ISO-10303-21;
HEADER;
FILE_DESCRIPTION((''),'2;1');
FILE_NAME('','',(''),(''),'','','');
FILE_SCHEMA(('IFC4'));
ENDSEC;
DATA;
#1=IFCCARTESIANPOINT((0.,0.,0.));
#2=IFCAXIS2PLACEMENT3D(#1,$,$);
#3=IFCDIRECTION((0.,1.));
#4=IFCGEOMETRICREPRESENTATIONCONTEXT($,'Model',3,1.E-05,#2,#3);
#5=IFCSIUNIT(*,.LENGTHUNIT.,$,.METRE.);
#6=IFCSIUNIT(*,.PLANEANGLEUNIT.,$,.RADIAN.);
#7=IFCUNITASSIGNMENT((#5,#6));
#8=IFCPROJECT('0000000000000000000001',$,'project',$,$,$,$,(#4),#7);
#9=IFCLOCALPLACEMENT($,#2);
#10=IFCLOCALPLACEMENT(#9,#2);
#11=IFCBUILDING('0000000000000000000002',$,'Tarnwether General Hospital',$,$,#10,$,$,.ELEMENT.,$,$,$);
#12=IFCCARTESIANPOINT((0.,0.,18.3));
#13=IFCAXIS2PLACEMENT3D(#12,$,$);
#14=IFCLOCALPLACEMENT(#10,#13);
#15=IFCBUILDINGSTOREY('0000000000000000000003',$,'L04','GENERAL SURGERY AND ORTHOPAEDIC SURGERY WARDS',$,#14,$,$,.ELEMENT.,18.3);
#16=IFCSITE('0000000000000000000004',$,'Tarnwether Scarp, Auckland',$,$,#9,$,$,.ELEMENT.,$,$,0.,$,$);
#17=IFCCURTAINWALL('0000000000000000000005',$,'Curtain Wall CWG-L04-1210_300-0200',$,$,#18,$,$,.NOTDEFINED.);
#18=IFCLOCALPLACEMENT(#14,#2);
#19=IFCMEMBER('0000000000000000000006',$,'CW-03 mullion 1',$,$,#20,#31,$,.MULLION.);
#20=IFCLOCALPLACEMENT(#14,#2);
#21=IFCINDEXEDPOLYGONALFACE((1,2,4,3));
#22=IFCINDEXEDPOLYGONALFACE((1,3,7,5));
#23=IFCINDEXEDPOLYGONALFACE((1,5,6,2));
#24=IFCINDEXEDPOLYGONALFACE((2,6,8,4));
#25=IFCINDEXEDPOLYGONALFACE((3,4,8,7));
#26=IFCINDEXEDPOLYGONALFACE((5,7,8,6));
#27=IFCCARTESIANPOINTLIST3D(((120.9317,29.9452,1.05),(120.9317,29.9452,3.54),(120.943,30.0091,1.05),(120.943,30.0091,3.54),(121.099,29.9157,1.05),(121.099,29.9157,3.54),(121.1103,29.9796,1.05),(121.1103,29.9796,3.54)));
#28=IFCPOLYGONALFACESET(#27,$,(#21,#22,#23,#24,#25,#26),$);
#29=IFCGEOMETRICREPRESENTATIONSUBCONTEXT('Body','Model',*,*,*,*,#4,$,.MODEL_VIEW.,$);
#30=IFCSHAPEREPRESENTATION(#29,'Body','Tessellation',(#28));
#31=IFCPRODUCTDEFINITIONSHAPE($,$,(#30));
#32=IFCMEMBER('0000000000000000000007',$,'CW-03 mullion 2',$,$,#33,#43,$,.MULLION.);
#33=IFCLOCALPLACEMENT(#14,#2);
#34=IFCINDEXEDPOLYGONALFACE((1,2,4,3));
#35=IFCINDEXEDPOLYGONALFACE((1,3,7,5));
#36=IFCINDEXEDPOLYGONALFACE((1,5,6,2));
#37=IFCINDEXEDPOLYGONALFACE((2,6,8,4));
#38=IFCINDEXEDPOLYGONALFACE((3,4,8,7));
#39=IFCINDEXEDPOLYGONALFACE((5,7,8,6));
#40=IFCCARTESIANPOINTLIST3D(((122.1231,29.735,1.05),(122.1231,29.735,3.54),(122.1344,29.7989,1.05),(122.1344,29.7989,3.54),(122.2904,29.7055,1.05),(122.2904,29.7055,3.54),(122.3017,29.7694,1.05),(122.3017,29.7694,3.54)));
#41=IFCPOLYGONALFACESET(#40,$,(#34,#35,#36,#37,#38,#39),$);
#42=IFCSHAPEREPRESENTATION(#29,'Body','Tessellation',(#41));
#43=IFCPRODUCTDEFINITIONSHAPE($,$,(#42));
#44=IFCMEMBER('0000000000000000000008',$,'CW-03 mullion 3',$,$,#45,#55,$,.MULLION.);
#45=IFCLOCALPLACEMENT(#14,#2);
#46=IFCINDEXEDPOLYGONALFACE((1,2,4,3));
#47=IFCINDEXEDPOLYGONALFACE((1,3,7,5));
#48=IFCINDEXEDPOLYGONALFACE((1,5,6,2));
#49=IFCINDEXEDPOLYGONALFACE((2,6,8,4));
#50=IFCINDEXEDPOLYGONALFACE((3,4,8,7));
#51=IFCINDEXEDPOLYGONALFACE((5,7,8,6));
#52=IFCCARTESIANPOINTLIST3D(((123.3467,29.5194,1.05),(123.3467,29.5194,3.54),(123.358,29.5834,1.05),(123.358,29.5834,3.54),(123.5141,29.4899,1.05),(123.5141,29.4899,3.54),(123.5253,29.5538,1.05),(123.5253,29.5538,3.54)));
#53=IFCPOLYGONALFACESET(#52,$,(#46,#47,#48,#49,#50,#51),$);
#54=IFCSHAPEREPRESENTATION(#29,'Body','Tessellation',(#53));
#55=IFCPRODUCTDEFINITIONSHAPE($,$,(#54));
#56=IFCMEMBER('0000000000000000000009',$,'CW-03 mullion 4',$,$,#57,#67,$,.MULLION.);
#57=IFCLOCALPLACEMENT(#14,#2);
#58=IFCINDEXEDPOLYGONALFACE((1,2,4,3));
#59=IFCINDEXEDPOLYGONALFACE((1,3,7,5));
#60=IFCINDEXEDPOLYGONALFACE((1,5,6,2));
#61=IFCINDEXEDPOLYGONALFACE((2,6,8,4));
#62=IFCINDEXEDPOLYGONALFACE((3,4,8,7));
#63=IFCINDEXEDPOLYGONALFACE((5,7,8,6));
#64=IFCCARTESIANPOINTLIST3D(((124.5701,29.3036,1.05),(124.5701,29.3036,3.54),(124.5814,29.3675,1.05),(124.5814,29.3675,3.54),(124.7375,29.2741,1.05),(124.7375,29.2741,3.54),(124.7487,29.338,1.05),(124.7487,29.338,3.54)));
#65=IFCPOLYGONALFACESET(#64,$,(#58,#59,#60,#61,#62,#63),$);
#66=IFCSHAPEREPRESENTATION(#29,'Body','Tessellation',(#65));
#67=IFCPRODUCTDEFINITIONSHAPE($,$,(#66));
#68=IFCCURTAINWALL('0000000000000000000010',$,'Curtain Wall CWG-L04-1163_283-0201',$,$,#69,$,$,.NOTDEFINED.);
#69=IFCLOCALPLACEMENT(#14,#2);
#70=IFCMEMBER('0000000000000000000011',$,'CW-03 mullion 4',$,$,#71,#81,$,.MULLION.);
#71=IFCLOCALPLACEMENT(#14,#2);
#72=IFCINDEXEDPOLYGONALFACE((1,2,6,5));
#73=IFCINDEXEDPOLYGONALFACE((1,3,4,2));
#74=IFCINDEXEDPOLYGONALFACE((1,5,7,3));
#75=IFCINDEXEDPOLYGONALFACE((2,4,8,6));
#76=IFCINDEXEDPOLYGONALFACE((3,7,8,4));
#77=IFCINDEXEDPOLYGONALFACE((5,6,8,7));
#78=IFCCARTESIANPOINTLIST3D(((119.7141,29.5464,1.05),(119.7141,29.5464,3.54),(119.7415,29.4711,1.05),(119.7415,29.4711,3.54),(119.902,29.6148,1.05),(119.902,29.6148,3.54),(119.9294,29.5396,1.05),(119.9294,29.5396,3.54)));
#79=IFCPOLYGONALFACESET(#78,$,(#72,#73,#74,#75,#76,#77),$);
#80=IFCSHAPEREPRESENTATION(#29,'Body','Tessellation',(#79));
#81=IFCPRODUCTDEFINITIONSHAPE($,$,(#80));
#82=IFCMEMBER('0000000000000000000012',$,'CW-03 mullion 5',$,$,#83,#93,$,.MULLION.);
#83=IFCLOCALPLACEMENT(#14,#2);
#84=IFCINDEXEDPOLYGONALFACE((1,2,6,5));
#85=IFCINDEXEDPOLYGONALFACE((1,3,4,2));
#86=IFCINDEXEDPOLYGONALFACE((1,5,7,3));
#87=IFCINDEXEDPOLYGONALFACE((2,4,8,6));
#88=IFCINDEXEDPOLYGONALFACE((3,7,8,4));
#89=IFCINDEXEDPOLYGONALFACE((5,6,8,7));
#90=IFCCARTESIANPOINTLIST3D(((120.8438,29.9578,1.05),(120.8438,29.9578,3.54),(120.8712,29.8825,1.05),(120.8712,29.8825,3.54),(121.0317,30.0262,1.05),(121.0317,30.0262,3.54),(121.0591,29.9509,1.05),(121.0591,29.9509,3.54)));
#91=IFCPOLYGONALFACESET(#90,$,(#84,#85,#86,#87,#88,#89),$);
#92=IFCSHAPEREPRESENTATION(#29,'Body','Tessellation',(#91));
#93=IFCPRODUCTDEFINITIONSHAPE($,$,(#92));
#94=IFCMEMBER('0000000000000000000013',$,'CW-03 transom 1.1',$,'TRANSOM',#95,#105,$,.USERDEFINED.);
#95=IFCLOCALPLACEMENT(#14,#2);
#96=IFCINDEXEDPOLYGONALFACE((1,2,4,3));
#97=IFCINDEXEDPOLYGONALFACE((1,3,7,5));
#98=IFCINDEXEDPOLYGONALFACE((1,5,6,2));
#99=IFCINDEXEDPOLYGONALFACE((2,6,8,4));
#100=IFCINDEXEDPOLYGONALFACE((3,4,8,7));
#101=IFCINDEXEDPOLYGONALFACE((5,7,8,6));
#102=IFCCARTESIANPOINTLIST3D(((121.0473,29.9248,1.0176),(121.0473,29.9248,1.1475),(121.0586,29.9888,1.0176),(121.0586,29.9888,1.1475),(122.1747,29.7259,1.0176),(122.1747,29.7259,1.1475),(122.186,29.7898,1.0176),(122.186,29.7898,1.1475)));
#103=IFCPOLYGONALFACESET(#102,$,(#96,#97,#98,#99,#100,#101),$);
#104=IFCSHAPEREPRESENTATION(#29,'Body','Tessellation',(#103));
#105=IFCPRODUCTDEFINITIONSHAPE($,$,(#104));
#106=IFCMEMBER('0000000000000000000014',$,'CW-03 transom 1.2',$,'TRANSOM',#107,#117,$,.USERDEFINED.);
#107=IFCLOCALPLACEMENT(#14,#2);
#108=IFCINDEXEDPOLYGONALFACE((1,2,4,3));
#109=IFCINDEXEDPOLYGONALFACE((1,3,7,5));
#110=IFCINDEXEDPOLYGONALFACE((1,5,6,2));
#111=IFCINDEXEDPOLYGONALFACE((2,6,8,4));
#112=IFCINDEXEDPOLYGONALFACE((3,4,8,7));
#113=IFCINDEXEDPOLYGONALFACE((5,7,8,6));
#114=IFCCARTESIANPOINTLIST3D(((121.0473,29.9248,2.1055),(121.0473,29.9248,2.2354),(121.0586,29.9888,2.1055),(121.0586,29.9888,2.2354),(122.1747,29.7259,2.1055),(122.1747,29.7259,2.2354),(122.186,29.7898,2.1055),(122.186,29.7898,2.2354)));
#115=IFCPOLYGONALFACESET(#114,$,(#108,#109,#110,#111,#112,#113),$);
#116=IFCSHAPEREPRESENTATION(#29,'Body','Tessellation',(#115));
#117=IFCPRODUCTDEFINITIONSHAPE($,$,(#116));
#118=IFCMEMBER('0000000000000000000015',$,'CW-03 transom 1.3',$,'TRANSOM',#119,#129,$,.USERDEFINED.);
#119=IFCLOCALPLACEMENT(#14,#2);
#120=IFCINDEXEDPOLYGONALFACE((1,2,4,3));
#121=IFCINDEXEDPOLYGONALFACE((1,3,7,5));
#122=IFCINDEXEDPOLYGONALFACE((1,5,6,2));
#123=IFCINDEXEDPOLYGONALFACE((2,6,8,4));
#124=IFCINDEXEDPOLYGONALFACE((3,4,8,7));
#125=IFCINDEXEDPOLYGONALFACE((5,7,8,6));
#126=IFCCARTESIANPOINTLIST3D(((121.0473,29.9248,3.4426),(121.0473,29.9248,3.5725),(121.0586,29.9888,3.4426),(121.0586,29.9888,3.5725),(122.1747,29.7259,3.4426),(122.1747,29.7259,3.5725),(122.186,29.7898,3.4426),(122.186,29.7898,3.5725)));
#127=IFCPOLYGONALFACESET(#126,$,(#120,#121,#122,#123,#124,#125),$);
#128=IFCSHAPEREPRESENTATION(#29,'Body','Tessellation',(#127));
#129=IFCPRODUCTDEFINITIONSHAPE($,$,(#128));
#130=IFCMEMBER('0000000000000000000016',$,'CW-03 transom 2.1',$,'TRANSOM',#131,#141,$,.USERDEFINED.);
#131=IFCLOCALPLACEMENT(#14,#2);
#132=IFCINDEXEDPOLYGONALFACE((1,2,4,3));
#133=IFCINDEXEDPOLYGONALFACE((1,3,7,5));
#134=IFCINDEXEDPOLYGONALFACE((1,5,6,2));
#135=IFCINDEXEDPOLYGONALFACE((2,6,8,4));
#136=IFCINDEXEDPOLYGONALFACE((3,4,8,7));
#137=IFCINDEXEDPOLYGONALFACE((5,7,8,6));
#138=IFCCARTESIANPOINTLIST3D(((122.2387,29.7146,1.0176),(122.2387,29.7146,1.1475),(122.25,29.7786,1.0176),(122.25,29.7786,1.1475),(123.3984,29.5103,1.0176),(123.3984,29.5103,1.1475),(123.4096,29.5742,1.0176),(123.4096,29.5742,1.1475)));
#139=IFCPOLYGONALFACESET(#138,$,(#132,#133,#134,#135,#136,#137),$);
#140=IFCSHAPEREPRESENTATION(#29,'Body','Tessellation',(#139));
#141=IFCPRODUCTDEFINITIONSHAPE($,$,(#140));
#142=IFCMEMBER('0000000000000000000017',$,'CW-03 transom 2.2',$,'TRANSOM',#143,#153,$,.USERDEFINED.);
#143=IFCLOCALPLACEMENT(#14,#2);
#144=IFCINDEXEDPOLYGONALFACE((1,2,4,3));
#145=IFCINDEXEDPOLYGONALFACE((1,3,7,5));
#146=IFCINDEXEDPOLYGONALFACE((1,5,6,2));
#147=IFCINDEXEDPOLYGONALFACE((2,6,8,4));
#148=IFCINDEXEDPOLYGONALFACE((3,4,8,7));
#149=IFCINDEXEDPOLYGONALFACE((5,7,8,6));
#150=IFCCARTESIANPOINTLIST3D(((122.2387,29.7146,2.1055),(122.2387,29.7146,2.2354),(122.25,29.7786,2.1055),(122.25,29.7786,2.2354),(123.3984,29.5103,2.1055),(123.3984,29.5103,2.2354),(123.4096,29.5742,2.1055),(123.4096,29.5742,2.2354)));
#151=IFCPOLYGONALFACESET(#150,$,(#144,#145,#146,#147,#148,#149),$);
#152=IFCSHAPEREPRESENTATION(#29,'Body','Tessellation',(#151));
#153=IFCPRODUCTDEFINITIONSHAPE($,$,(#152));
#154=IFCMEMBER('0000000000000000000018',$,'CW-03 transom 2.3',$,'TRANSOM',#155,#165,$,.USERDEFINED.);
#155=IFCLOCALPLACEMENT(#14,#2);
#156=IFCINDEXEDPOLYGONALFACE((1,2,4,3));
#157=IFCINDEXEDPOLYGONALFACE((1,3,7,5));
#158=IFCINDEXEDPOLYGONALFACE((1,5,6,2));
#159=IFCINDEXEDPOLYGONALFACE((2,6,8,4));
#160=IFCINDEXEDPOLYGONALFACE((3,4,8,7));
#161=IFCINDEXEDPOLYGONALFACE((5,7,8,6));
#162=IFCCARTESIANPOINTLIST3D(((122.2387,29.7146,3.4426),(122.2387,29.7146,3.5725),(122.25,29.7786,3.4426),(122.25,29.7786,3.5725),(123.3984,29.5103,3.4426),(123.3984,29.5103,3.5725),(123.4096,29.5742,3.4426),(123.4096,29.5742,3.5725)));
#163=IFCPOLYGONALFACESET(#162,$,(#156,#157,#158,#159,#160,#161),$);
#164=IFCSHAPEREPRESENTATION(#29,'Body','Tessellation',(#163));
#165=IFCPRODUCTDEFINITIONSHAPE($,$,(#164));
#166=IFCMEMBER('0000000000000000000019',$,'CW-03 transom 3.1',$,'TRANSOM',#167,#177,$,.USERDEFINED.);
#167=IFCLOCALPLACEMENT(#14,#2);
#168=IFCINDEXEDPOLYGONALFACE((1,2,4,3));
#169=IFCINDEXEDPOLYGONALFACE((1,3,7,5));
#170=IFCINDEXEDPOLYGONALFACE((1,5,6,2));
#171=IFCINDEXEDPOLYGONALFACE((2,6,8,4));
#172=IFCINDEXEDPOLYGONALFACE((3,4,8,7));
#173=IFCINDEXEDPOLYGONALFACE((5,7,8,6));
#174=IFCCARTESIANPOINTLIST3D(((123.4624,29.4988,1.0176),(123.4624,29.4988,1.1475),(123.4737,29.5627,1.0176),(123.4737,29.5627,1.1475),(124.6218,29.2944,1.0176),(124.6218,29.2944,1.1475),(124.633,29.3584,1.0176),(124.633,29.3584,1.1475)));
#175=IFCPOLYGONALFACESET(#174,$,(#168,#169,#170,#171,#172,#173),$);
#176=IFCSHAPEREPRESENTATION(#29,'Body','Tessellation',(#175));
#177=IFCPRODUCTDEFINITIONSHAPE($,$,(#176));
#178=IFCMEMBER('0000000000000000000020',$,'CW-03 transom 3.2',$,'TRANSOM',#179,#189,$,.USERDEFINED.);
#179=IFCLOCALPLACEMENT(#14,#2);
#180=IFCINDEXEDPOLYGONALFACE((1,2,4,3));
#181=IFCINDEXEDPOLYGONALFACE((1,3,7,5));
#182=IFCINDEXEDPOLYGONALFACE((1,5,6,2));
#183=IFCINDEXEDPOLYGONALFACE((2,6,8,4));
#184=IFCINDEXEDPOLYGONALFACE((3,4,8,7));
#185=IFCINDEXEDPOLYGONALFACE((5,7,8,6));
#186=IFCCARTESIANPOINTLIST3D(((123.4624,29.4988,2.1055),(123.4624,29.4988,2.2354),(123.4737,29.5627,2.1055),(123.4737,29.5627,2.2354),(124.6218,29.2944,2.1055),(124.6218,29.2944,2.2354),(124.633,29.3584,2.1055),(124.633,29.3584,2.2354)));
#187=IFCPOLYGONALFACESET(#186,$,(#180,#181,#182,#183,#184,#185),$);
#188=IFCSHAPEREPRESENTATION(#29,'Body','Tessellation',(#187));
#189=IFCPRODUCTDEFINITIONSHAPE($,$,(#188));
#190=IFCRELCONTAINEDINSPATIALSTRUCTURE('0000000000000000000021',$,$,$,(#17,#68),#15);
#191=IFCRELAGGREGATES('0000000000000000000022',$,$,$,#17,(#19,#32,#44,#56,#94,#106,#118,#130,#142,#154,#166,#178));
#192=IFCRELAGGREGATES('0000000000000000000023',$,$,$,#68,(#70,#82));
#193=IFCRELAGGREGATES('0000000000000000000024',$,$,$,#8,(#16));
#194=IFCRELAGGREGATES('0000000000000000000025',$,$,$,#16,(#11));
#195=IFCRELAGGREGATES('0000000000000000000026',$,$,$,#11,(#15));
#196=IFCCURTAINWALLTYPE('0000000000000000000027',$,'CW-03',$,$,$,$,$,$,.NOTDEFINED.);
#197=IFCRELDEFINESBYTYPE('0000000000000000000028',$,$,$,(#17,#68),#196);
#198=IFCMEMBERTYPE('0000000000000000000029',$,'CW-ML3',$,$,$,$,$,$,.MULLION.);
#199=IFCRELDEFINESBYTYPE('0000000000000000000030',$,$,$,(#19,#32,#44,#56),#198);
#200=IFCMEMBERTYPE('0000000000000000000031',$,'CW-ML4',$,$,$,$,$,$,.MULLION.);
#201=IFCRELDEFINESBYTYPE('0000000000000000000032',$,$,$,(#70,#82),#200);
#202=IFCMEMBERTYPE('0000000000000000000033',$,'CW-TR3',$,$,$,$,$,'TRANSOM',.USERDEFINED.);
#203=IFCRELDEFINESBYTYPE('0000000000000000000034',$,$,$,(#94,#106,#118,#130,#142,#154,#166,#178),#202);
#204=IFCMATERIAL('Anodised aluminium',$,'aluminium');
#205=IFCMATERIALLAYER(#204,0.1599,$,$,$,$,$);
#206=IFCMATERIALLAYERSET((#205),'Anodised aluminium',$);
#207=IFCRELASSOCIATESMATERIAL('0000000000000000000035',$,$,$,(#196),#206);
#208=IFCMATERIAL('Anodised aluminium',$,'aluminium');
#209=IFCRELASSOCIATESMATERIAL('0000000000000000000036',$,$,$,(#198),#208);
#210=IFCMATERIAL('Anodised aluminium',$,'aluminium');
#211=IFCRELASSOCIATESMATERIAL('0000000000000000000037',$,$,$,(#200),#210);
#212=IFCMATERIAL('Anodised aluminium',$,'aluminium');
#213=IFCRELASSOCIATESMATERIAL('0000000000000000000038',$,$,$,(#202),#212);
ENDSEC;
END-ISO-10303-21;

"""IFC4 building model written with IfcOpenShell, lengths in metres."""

from ifc_helpers import new_model, si_unit, direction, frame, origin, origin_2d, place, context, subcontext, project, spatial, rectangle, extrude, material, layer, layer_set, material_profile, profile_set, type_object, element, aggregate, save


model = new_model("IFC4")

# Units and contexts
model_context = context("Model", 3, precision=1e-05, world=origin(), true_north=direction((0.0, 1.0)))
body_context = subcontext(model_context, "Body", "Model", "MODEL_VIEW")
ifc_project = project(units=[si_unit("LENGTHUNIT", "METRE"), si_unit("PLANEANGLEUNIT", "RADIAN")], contexts=[model_context])

# Site, building, storey
site_placement = place(None, origin())
site = spatial("IfcSite", under=ifc_project, at=site_placement, Name="Tarnwether Scarp, Auckland", CompositionType="ELEMENT", RefElevation=0.0)
building_placement = place(site_placement, origin())
building = spatial("IfcBuilding", under=site, at=building_placement, Name="Tarnwether General Hospital", CompositionType="ELEMENT")
storey_placement = place(building_placement, frame((0.0, 0.0, 18.3)))
storey = spatial("IfcBuildingStorey", under=building, at=storey_placement, Name="L04", Description="GENERAL SURGERY AND ORTHOPAEDIC SURGERY WARDS", CompositionType="ELEMENT", Elevation=18.3)

# Curtain walls, members
ifc_material_1 = material(Name="Anodised aluminium", Category="aluminium")
ifc_layer_1 = layer(ifc_material_1, 0.1599)
ifc_layer_set_1 = layer_set([ifc_layer_1], Name="Anodised aluminium")
curtain_wall_type = type_object("IfcCurtainWallType", Name="CW-03", PredefinedType="NOTDEFINED", material=ifc_layer_set_1)
curtain_wall_1_placement = place(storey_placement, origin())
curtain_wall_1 = element("IfcCurtainWall", 1, at=curtain_wall_1_placement, inside=storey, type_object=curtain_wall_type, Name="Curtain Wall CWG-L04-1210_300-0200", PredefinedType="NOTDEFINED")
ifc_material_2 = material(Name="Anodised aluminium", Category="aluminium")
ifc_material_profile_1 = material_profile(ifc_material_2, rectangle(XDim=0.0649, YDim=0.1699, at=origin_2d()), Name="ALU-MUL-65x170")
ifc_profile_set_1 = profile_set([ifc_material_profile_1], Name="Anodised aluminium")
member_type_1 = type_object("IfcMemberType", Name="CW-ML3", PredefinedType="MULLION", material=ifc_profile_set_1)
member_1_placement = place(storey_placement, frame((121.021, 29.9624, 1.05), z_axis=(0.0, 0.0, 1.0), x_axis=(0.173659, 0.984806, 0.0)))
member_1 = element("IfcMember", 2, at=member_1_placement, type_object=member_type_1, Name="CW-03 mullion 1", PredefinedType="MULLION", context=body_context, shape_type="SweptSolid", body=[
    extrude(rectangle(XDim=0.0649, YDim=0.1699, at=origin_2d()), origin(), (0.0, 0.0, 1.0), 2.49),
])
member_2_placement = place(storey_placement, frame((122.2124, 29.7522, 1.05), z_axis=(0.0, 0.0, 1.0), x_axis=(0.173659, 0.984806, 0.0)))
member_2 = element("IfcMember", 3, at=member_2_placement, type_object=member_type_1, Name="CW-03 mullion 2", PredefinedType="MULLION", context=body_context, shape_type="SweptSolid", body=[
    extrude(rectangle(XDim=0.0649, YDim=0.1699, at=origin_2d()), origin(), (0.0, 0.0, 1.0), 2.49),
])
member_3_placement = place(storey_placement, frame((123.436, 29.5366, 1.05), z_axis=(0.0, 0.0, 1.0), x_axis=(0.173659, 0.984806, 0.0)))
member_3 = element("IfcMember", 4, at=member_3_placement, type_object=member_type_1, Name="CW-03 mullion 3", PredefinedType="MULLION", context=body_context, shape_type="SweptSolid", body=[
    extrude(rectangle(XDim=0.0649, YDim=0.1699, at=origin_2d()), origin(), (0.0, 0.0, 1.0), 2.49),
])
member_4_placement = place(storey_placement, frame((124.6594, 29.3208, 1.05), z_axis=(0.0, 0.0, 1.0), x_axis=(0.173659, 0.984806, 0.0)))
member_4 = element("IfcMember", 5, at=member_4_placement, type_object=member_type_1, Name="CW-03 mullion 4", PredefinedType="MULLION", context=body_context, shape_type="SweptSolid", body=[
    extrude(rectangle(XDim=0.0649, YDim=0.1699, at=origin_2d()), origin(), (0.0, 0.0, 1.0), 2.49),
])
curtain_wall_2_placement = place(storey_placement, origin())
curtain_wall_2 = element("IfcCurtainWall", 6, at=curtain_wall_2_placement, inside=storey, type_object=curtain_wall_type, Name="Curtain Wall CWG-L04-1163_283-0201", PredefinedType="NOTDEFINED")
ifc_material_3 = material(Name="Anodised aluminium", Category="aluminium")
ifc_material_profile_2 = material_profile(ifc_material_3, rectangle(XDim=0.0801, YDim=0.2, at=origin_2d()), Name="ALU-MUL-80x200")
ifc_profile_set_2 = profile_set([ifc_material_profile_2], Name="Anodised aluminium")
member_type_2 = type_object("IfcMemberType", Name="CW-ML4", PredefinedType="MULLION", material=ifc_profile_set_2)
member_5_placement = place(storey_placement, frame((119.8218, 29.543, 1.05), z_axis=(0.0, 0.0, 1.0), x_axis=(-0.342131, 0.939652, 0.0)))
member_5 = element("IfcMember", 7, at=member_5_placement, type_object=member_type_2, Name="CW-03 mullion 4", PredefinedType="MULLION", context=body_context, shape_type="SweptSolid", body=[
    extrude(rectangle(XDim=0.0801, YDim=0.2, at=origin_2d()), origin(), (0.0, 0.0, 1.0), 2.49),
])
member_6_placement = place(storey_placement, frame((120.9514, 29.9543, 1.05), z_axis=(0.0, 0.0, 1.0), x_axis=(-0.342131, 0.939652, 0.0)))
member_6 = element("IfcMember", 8, at=member_6_placement, type_object=member_type_2, Name="CW-03 mullion 5", PredefinedType="MULLION", context=body_context, shape_type="SweptSolid", body=[
    extrude(rectangle(XDim=0.0801, YDim=0.2, at=origin_2d()), origin(), (0.0, 0.0, 1.0), 2.49),
])

# Members
ifc_material_4 = material(Name="Anodised aluminium", Category="aluminium")
ifc_material_profile_3 = material_profile(ifc_material_4, rectangle(XDim=0.0649, YDim=0.1299, at=origin_2d()), Name="ALU-TRN-65x130")
ifc_profile_set_3 = profile_set([ifc_material_profile_3], Name="Anodised aluminium")
member_type_3 = type_object("IfcMemberType", Name="CW-TR3", ElementType="TRANSOM", PredefinedType="USERDEFINED", material=ifc_profile_set_3)
member_7_placement = place(storey_placement, frame((121.053, 29.9568, 1.0825), z_axis=(0.984781, -0.173797, 0.0), x_axis=(0.173797, 0.984781, 0.0)))
member_7 = element("IfcMember", 9, at=member_7_placement, type_object=member_type_3, Name="CW-03 transom 1.1", ObjectType="TRANSOM", PredefinedType="USERDEFINED", context=body_context, shape_type="SweptSolid", body=[
    extrude(rectangle(XDim=0.0649, YDim=0.1299, at=origin_2d()), origin(), (0.0, 0.0, 1.0), 1.1448),
])
member_8_placement = place(storey_placement, frame((121.053, 29.9568, 2.1704), z_axis=(0.984781, -0.173797, 0.0), x_axis=(0.173797, 0.984781, 0.0)))
member_8 = element("IfcMember", 10, at=member_8_placement, type_object=member_type_3, Name="CW-03 transom 1.2", ObjectType="TRANSOM", PredefinedType="USERDEFINED", context=body_context, shape_type="SweptSolid", body=[
    extrude(rectangle(XDim=0.0649, YDim=0.1299, at=origin_2d()), origin(), (0.0, 0.0, 1.0), 1.1448),
])
member_9_placement = place(storey_placement, frame((121.053, 29.9568, 3.5076), z_axis=(0.984781, -0.173797, 0.0), x_axis=(0.173797, 0.984781, 0.0)))
member_9 = element("IfcMember", 11, at=member_9_placement, type_object=member_type_3, Name="CW-03 transom 1.3", ObjectType="TRANSOM", PredefinedType="USERDEFINED", context=body_context, shape_type="SweptSolid", body=[
    extrude(rectangle(XDim=0.0649, YDim=0.1299, at=origin_2d()), origin(), (0.0, 0.0, 1.0), 1.1448),
])
member_10_placement = place(storey_placement, frame((122.2444, 29.7466, 1.0825), z_axis=(0.984827, -0.173537, 0.0), x_axis=(0.173537, 0.984827, 0.0)))
member_10 = element("IfcMember", 12, at=member_10_placement, type_object=member_type_3, Name="CW-03 transom 2.1", ObjectType="TRANSOM", PredefinedType="USERDEFINED", context=body_context, shape_type="SweptSolid", body=[
    extrude(rectangle(XDim=0.0649, YDim=0.1299, at=origin_2d()), origin(), (0.0, 0.0, 1.0), 1.1775),
])
member_11_placement = place(storey_placement, frame((122.2444, 29.7466, 2.1704), z_axis=(0.984827, -0.173537, 0.0), x_axis=(0.173537, 0.984827, 0.0)))
member_11 = element("IfcMember", 13, at=member_11_placement, type_object=member_type_3, Name="CW-03 transom 2.2", ObjectType="TRANSOM", PredefinedType="USERDEFINED", context=body_context, shape_type="SweptSolid", body=[
    extrude(rectangle(XDim=0.0649, YDim=0.1299, at=origin_2d()), origin(), (0.0, 0.0, 1.0), 1.1775),
])
member_12_placement = place(storey_placement, frame((122.2444, 29.7466, 3.5076), z_axis=(0.984827, -0.173537, 0.0), x_axis=(0.173537, 0.984827, 0.0)))
member_12 = element("IfcMember", 14, at=member_12_placement, type_object=member_type_3, Name="CW-03 transom 2.3", ObjectType="TRANSOM", PredefinedType="USERDEFINED", context=body_context, shape_type="SweptSolid", body=[
    extrude(rectangle(XDim=0.0649, YDim=0.1299, at=origin_2d()), origin(), (0.0, 0.0, 1.0), 1.1775),
])
member_13_placement = place(storey_placement, frame((123.468, 29.5308, 1.0825), z_axis=(0.984821, -0.173572, 0.0), x_axis=(0.173572, 0.984821, 0.0)))
member_13 = element("IfcMember", 15, at=member_13_placement, type_object=member_type_3, Name="CW-03 transom 3.1", ObjectType="TRANSOM", PredefinedType="USERDEFINED", context=body_context, shape_type="SweptSolid", body=[
    extrude(rectangle(XDim=0.0649, YDim=0.1299, at=origin_2d()), origin(), (0.0, 0.0, 1.0), 1.1772),
])
member_14_placement = place(storey_placement, frame((123.468, 29.5308, 2.1704), z_axis=(0.984821, -0.173572, 0.0), x_axis=(0.173572, 0.984821, 0.0)))
member_14 = element("IfcMember", 16, at=member_14_placement, type_object=member_type_3, Name="CW-03 transom 3.2", ObjectType="TRANSOM", PredefinedType="USERDEFINED", context=body_context, shape_type="SweptSolid", body=[
    extrude(rectangle(XDim=0.0649, YDim=0.1299, at=origin_2d()), origin(), (0.0, 0.0, 1.0), 1.1772),
])

aggregate(curtain_wall_1, [member_1, member_2, member_3, member_4, member_7, member_8, member_9, member_10, member_11, member_12, member_13, member_14])
aggregate(curtain_wall_2, [member_5, member_6])

save(model, "model.ifc")
